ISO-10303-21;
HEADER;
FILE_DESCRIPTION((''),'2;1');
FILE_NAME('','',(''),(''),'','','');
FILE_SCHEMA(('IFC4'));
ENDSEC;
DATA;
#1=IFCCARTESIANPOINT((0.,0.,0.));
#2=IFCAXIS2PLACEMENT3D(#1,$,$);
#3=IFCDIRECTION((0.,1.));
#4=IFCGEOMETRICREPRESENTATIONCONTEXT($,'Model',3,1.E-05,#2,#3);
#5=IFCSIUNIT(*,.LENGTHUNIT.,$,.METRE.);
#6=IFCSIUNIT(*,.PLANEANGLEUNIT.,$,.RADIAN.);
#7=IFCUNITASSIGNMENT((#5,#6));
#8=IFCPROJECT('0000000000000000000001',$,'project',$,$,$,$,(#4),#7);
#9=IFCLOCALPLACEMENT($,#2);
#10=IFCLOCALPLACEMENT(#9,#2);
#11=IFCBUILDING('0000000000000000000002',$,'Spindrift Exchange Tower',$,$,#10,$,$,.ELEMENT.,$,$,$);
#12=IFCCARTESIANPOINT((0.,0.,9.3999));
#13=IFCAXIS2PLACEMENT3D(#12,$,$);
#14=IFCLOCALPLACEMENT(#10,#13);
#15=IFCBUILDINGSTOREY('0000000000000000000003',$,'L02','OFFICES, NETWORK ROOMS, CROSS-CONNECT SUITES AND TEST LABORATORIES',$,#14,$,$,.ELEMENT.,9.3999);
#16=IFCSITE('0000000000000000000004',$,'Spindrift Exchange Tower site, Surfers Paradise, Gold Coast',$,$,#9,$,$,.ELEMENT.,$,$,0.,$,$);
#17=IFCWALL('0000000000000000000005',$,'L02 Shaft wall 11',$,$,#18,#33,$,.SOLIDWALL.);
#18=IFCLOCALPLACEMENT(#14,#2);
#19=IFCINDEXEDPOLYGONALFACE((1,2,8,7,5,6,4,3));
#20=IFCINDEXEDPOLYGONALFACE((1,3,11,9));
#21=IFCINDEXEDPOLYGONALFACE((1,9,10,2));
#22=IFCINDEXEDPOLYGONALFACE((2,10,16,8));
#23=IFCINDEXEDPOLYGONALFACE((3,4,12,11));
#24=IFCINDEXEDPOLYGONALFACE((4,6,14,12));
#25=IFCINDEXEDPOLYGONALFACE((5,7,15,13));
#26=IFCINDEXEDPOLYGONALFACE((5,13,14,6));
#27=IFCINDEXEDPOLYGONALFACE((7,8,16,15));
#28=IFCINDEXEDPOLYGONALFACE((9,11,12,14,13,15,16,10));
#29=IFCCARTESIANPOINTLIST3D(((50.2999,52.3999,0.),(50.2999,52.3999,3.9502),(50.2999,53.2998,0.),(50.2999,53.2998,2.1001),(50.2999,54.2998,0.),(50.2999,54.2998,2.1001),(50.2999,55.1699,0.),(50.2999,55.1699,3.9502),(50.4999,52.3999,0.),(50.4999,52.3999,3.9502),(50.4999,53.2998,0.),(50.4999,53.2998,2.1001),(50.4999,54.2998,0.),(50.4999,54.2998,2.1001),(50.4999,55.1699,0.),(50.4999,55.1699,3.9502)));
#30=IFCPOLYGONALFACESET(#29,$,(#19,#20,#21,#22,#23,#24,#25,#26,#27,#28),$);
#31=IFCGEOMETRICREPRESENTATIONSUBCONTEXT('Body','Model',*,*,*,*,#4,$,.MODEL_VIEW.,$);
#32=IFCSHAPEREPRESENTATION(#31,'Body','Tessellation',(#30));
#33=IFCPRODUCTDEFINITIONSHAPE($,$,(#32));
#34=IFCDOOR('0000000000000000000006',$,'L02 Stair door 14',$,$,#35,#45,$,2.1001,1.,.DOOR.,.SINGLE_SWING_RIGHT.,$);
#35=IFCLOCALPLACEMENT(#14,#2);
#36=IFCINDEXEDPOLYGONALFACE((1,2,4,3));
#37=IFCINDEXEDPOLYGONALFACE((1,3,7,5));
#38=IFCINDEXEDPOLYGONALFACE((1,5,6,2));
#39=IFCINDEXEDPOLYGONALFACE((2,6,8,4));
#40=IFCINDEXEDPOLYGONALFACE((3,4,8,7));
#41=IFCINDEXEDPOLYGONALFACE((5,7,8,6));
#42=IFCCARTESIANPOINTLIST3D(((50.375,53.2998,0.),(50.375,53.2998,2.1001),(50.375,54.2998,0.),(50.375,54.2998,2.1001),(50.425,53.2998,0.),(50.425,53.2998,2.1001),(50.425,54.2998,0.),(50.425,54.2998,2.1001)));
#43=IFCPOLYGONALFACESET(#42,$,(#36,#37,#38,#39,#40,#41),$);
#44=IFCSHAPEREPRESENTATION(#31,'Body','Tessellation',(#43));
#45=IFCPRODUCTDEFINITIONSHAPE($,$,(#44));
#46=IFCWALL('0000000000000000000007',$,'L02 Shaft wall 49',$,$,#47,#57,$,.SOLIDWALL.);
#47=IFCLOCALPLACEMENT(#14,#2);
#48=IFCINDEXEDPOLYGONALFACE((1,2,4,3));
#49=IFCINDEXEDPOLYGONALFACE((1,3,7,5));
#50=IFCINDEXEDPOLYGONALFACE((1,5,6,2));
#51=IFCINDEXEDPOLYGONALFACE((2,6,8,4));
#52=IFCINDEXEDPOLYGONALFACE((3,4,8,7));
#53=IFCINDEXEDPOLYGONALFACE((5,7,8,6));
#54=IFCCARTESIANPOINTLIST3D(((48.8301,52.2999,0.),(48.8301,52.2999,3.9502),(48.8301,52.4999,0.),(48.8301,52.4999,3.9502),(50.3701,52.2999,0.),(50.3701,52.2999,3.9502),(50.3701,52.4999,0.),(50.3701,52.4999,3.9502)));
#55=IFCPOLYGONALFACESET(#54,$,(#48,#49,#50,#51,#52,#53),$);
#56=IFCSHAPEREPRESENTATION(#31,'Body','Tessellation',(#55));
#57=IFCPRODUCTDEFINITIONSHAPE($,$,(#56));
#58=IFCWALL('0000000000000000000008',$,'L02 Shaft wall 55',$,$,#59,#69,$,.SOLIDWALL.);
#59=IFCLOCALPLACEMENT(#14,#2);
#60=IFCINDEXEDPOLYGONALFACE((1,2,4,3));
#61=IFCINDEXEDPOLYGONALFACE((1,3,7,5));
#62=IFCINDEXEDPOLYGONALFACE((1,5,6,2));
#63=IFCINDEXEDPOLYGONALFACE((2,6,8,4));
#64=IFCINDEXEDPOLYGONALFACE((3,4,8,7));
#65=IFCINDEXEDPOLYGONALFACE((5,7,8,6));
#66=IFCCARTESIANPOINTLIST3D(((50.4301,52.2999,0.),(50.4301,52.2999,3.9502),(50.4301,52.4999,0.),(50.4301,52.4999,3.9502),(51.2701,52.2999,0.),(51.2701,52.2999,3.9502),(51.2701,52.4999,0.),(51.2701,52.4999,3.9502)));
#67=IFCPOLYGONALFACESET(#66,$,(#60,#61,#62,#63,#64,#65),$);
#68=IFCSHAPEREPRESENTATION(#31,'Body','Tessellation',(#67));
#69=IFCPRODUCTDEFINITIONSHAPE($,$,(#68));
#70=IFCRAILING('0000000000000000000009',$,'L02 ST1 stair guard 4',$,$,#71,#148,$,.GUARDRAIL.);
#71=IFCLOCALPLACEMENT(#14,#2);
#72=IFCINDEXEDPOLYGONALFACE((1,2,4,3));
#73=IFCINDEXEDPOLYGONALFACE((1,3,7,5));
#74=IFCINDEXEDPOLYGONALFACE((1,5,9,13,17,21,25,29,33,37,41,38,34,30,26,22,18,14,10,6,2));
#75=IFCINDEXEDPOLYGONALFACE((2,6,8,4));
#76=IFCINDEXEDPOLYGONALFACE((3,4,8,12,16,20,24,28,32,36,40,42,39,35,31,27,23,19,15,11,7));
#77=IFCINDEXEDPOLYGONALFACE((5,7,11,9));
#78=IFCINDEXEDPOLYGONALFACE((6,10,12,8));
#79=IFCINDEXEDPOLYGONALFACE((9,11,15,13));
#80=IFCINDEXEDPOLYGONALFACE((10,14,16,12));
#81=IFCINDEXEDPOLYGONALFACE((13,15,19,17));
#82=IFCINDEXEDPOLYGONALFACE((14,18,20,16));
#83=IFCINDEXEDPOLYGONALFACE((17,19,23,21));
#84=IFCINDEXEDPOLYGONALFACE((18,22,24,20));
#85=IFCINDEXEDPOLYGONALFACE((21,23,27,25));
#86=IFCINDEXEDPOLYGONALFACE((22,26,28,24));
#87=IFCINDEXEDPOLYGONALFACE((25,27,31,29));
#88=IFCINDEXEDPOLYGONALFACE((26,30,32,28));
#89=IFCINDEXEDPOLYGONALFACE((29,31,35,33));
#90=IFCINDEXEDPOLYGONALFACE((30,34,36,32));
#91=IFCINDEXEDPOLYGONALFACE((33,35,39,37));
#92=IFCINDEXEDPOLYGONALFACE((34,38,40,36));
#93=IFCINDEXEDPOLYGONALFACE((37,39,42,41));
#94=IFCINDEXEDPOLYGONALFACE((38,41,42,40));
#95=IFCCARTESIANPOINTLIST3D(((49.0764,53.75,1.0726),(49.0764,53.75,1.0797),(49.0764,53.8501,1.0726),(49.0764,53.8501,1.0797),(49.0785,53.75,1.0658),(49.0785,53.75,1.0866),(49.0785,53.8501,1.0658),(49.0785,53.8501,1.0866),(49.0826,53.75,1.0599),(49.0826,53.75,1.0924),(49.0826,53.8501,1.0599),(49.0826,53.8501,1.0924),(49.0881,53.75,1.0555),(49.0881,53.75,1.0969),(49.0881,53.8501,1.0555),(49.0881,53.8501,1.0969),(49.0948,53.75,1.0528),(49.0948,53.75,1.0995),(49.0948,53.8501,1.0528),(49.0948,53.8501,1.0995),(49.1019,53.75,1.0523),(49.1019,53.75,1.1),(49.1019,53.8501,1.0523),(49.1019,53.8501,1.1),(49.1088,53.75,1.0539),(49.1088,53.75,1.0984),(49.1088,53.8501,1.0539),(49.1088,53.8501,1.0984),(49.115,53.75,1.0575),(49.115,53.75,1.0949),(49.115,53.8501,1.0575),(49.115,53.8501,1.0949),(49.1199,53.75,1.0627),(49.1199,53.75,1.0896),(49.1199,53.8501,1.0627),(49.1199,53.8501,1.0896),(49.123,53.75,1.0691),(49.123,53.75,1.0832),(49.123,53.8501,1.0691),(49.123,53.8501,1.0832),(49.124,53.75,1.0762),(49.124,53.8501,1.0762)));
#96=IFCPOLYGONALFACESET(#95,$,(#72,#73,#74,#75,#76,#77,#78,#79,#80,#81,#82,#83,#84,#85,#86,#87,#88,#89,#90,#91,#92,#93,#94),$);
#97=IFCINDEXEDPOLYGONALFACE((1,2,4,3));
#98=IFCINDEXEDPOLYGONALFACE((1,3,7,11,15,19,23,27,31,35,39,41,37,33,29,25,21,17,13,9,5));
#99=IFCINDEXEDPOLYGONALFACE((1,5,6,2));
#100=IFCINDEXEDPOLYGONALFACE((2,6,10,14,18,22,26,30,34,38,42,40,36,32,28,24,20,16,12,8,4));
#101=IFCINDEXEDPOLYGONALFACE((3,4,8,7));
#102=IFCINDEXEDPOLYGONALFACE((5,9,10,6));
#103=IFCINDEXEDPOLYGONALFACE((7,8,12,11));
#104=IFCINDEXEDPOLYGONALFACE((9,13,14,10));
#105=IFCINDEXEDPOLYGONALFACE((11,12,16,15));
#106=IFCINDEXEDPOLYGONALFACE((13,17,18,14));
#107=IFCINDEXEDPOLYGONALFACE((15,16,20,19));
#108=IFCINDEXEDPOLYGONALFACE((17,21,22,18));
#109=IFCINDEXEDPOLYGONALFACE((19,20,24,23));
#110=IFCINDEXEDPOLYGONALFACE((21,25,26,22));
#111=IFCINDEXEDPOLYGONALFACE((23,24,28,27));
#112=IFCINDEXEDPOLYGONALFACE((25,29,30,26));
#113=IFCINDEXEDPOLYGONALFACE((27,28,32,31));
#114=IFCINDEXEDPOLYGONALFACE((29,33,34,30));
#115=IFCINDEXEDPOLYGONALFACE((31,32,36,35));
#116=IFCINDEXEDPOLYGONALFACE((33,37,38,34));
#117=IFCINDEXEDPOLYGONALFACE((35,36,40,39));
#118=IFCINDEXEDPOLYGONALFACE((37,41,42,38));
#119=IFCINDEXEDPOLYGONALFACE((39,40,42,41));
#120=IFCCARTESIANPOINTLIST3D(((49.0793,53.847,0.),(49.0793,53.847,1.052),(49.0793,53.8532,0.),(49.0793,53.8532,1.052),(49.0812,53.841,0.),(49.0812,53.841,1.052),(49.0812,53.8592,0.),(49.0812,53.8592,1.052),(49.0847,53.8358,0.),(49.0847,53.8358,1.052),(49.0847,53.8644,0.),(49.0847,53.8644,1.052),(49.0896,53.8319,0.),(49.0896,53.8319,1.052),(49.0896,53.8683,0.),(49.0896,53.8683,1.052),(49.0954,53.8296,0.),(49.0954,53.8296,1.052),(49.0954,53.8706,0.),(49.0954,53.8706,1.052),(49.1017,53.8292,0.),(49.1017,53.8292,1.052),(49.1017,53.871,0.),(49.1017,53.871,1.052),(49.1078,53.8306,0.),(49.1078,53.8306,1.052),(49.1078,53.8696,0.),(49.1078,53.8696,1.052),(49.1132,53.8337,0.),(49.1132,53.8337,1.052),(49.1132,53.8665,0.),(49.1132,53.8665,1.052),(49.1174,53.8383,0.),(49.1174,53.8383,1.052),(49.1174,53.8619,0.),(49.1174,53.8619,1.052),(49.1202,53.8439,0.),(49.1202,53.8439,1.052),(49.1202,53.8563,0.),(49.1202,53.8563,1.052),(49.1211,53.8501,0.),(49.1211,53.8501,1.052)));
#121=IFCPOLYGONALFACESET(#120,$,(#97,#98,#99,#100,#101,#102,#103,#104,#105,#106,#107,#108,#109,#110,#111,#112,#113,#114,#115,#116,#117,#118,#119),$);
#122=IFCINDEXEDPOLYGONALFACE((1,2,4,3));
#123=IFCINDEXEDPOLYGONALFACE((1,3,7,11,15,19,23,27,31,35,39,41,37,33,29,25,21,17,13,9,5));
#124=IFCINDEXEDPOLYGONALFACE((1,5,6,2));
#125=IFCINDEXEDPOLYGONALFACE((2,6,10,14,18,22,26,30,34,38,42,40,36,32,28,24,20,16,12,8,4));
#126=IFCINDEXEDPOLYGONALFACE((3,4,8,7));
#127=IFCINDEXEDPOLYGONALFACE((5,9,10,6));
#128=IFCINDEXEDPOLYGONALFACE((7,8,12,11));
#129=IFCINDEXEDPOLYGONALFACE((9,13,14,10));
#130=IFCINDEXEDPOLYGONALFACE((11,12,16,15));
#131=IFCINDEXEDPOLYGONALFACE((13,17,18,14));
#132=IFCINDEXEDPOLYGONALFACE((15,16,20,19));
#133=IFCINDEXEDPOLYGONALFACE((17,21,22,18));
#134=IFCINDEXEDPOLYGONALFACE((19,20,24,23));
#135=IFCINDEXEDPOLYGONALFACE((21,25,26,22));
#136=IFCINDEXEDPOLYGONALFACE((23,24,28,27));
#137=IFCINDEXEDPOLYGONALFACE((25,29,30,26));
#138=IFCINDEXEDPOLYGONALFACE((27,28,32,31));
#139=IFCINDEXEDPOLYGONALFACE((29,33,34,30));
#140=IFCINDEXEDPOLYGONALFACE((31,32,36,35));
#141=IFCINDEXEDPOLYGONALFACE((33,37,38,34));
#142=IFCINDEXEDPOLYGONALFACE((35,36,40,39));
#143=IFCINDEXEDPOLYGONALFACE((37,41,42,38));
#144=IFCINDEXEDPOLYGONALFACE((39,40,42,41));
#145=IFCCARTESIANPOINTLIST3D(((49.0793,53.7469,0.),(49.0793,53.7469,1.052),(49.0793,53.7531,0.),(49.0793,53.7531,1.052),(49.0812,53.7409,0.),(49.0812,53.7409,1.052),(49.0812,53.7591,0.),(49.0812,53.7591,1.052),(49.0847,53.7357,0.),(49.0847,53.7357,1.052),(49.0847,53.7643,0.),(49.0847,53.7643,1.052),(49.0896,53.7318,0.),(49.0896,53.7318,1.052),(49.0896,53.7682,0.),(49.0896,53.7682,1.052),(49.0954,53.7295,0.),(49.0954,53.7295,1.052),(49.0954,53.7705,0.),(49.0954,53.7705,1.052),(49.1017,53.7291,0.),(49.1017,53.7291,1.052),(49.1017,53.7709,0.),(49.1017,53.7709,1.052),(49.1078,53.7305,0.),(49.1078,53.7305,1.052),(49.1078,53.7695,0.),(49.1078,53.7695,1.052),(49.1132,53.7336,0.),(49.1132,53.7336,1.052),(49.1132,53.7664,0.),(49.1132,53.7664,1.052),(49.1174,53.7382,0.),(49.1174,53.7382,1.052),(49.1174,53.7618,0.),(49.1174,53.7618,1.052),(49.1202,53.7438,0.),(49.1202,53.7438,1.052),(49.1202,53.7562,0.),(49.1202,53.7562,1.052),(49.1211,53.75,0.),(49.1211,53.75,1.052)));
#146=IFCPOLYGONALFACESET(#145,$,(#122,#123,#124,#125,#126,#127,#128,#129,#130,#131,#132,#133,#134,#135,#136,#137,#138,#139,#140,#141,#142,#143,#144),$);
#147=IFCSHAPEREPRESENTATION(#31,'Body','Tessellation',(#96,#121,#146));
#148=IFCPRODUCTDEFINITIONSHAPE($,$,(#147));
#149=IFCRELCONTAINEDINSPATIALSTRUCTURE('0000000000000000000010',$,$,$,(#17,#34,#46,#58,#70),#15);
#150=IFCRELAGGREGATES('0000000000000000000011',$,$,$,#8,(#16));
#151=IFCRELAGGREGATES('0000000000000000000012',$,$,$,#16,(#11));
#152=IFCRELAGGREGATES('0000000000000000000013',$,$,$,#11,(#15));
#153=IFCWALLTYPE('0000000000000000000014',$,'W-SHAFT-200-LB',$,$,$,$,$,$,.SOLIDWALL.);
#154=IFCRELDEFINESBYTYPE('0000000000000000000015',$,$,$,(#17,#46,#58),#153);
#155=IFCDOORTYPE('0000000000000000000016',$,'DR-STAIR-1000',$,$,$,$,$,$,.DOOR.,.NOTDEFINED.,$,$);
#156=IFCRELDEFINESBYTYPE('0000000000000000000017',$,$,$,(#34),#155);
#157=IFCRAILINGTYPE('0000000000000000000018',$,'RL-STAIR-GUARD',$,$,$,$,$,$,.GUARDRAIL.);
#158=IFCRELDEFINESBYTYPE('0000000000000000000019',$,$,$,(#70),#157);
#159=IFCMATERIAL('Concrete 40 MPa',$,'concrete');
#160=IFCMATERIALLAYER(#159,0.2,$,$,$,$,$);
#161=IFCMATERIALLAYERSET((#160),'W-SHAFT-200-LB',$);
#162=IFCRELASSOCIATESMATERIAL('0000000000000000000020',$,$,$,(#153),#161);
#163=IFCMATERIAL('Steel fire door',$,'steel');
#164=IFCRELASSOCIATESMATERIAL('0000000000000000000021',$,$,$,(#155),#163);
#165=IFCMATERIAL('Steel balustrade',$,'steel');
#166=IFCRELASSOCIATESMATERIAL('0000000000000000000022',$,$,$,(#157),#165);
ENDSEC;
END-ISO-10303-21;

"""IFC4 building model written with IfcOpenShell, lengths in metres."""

from ifc_helpers import new_model, si_unit, direction, frame, frame_2d, origin, origin_2d, place, context, subcontext, project, spatial, rectangle, circle, extrude, source, transform, mapped, material, layer, layer_set, type_object, element, fill, save


model = new_model("IFC4")

# Units and contexts
model_context = context("Model", 3, precision=1e-05, world=origin(), true_north=direction((0.0, 1.0)))
body_context = subcontext(model_context, "Body", "Model", "MODEL_VIEW")
ifc_project = project(units=[si_unit("LENGTHUNIT", "METRE"), si_unit("PLANEANGLEUNIT", "RADIAN")], contexts=[model_context])

# Site, building, storey
site_placement = place(None, origin())
site = spatial("IfcSite", under=ifc_project, at=site_placement, Name="Spindrift Exchange Tower site, Surfers Paradise, Gold Coast", CompositionType="ELEMENT", RefElevation=0.0)
building_placement = place(site_placement, origin())
building = spatial("IfcBuilding", under=site, at=building_placement, Name="Spindrift Exchange Tower", CompositionType="ELEMENT")
storey_placement = place(building_placement, frame((0.0, 0.0, 9.3999)))
storey = spatial("IfcBuildingStorey", under=building, at=storey_placement, Name="L02", Description="OFFICES, NETWORK ROOMS, CROSS-CONNECT SUITES AND TEST LABORATORIES", CompositionType="ELEMENT", Elevation=9.3999)

# Shared definitions
ifc_material_1 = material(Name="Concrete 40 MPa", Category="concrete")

# Wall, opening, door
ifc_layer_1 = layer(ifc_material_1, 0.2)
ifc_layer_set_1 = layer_set([ifc_layer_1], Name="W-SHAFT-200-LB")
wall_type_1 = type_object("IfcWallType", Name="W-SHAFT-200-LB", PredefinedType="SOLIDWALL", material=ifc_layer_set_1)
ifc_material_2 = material(Name="Steel fire door", Category="steel")
wall_1_placement = place(storey_placement, frame((50.3999, 52.3999, 0.0), z_axis=(0.0, 0.0, 1.0), x_axis=(0.0, 1.0, 0.0)))
wall_1 = element("IfcWall", 1, at=wall_1_placement, inside=storey, type_object=wall_type_1, Name="L02 Shaft wall 11", PredefinedType="SOLIDWALL", context=body_context, shape_type="SweptSolid", body=[
    extrude(rectangle(XDim=2.77, YDim=0.2, at=frame_2d((1.385, 0.0))), origin(), (0.0, 0.0, 1.0), 3.9502),
])
opening_1_placement = place(wall_1_placement, frame((0.8999, 0.0, 0.0)))
opening_1 = element("IfcOpeningElement", 2, at=opening_1_placement, cuts=wall_1, PredefinedType="OPENING", context=body_context, shape_type="SweptSolid", body=[
    extrude(rectangle(XDim=1.0, YDim=2.1001, at=frame_2d((0.5, 1.05))), frame((0.0, 0.1099, 0.0), z_axis=(0.0, -1.0, 0.0), x_axis=(1.0, 0.0, 0.0)), (0.0, 0.0, 1.0), 0.22),
])
door_type_1 = type_object("IfcDoorType", Name="DR-STAIR-1000", OperationType="NOTDEFINED", PredefinedType="DOOR", material=ifc_material_2)
shared_shape_1 = source(origin(), body_context, "Body", "SweptSolid", [
    extrude(rectangle(XDim=1.0, YDim=2.1001, at=frame_2d((0.5, 1.05))), frame((0.0, 0.0249, 0.0), z_axis=(0.0, -1.0, 0.0), x_axis=(1.0, 0.0, 0.0)), (0.0, 0.0, 1.0), 0.05),
])
door_1_placement = place(opening_1_placement, origin())
door_1 = element("IfcDoor", 3, at=door_1_placement, inside=storey, type_object=door_type_1, Name="L02 Stair door 14", OperationType="SINGLE_SWING_RIGHT", OverallHeight=2.1001, OverallWidth=1.0, PredefinedType="DOOR", context=body_context, shape_type="MappedRepresentation", body=[
    mapped(shared_shape_1, transform((0.0, 0.0, 0.0), scale=1.0)),
])
fill(opening_1, door_1)

# Walls
wall_2_placement = place(storey_placement, frame((50.3701, 52.3999, 0.0), z_axis=(0.0, 0.0, 1.0), x_axis=(-1.0, 0.0, 0.0)))
element("IfcWall", 4, at=wall_2_placement, inside=storey, type_object=wall_type_1, Name="L02 Shaft wall 49", PredefinedType="SOLIDWALL", context=body_context, shape_type="SweptSolid", body=[
    extrude(rectangle(XDim=1.54, YDim=0.2, at=frame_2d((0.77, 0.0))), origin(), (0.0, 0.0, 1.0), 3.9502),
])
wall_3_placement = place(storey_placement, frame((51.27, 52.3999, 0.0), z_axis=(0.0, 0.0, 1.0), x_axis=(-1.0, 0.0, 0.0)))
element("IfcWall", 5, at=wall_3_placement, inside=storey, type_object=wall_type_1, Name="L02 Shaft wall 55", PredefinedType="SOLIDWALL", context=body_context, shape_type="SweptSolid", body=[
    extrude(rectangle(XDim=0.8401, YDim=0.2, at=frame_2d((0.4199, 0.0))), origin(), (0.0, 0.0, 1.0), 3.9502),
])

# Railing
ifc_material_3 = material(Name="Steel balustrade", Category="steel")
railing_type = type_object("IfcRailingType", Name="RL-STAIR-GUARD", PredefinedType="GUARDRAIL", material=ifc_material_3)
railing_placement = place(storey_placement, frame((49.1001, 53.8501, 0.0)))
element("IfcRailing", 6, at=railing_placement, inside=storey, type_object=railing_type, Name="L02 ST1 stair guard 4", PredefinedType="GUARDRAIL", context=body_context, shape_type="SweptSolid", body=[
    extrude(circle(Radius=0.0239, at=origin_2d()), frame((0.0, 0.0, 1.0762), z_axis=(0.0, -1.0, 0.0), x_axis=(1.0, 0.0, 0.0)), (0.0, 0.0, 1.0), 0.1001),
    extrude(circle(Radius=0.021, at=origin_2d()), origin(), (0.0, 0.0, 1.0), 1.052),
    extrude(circle(Radius=0.021, at=origin_2d()), frame((0.0, -0.1001, 0.0)), (0.0, 0.0, 1.0), 1.052),
])

save(model, "model.ifc")
